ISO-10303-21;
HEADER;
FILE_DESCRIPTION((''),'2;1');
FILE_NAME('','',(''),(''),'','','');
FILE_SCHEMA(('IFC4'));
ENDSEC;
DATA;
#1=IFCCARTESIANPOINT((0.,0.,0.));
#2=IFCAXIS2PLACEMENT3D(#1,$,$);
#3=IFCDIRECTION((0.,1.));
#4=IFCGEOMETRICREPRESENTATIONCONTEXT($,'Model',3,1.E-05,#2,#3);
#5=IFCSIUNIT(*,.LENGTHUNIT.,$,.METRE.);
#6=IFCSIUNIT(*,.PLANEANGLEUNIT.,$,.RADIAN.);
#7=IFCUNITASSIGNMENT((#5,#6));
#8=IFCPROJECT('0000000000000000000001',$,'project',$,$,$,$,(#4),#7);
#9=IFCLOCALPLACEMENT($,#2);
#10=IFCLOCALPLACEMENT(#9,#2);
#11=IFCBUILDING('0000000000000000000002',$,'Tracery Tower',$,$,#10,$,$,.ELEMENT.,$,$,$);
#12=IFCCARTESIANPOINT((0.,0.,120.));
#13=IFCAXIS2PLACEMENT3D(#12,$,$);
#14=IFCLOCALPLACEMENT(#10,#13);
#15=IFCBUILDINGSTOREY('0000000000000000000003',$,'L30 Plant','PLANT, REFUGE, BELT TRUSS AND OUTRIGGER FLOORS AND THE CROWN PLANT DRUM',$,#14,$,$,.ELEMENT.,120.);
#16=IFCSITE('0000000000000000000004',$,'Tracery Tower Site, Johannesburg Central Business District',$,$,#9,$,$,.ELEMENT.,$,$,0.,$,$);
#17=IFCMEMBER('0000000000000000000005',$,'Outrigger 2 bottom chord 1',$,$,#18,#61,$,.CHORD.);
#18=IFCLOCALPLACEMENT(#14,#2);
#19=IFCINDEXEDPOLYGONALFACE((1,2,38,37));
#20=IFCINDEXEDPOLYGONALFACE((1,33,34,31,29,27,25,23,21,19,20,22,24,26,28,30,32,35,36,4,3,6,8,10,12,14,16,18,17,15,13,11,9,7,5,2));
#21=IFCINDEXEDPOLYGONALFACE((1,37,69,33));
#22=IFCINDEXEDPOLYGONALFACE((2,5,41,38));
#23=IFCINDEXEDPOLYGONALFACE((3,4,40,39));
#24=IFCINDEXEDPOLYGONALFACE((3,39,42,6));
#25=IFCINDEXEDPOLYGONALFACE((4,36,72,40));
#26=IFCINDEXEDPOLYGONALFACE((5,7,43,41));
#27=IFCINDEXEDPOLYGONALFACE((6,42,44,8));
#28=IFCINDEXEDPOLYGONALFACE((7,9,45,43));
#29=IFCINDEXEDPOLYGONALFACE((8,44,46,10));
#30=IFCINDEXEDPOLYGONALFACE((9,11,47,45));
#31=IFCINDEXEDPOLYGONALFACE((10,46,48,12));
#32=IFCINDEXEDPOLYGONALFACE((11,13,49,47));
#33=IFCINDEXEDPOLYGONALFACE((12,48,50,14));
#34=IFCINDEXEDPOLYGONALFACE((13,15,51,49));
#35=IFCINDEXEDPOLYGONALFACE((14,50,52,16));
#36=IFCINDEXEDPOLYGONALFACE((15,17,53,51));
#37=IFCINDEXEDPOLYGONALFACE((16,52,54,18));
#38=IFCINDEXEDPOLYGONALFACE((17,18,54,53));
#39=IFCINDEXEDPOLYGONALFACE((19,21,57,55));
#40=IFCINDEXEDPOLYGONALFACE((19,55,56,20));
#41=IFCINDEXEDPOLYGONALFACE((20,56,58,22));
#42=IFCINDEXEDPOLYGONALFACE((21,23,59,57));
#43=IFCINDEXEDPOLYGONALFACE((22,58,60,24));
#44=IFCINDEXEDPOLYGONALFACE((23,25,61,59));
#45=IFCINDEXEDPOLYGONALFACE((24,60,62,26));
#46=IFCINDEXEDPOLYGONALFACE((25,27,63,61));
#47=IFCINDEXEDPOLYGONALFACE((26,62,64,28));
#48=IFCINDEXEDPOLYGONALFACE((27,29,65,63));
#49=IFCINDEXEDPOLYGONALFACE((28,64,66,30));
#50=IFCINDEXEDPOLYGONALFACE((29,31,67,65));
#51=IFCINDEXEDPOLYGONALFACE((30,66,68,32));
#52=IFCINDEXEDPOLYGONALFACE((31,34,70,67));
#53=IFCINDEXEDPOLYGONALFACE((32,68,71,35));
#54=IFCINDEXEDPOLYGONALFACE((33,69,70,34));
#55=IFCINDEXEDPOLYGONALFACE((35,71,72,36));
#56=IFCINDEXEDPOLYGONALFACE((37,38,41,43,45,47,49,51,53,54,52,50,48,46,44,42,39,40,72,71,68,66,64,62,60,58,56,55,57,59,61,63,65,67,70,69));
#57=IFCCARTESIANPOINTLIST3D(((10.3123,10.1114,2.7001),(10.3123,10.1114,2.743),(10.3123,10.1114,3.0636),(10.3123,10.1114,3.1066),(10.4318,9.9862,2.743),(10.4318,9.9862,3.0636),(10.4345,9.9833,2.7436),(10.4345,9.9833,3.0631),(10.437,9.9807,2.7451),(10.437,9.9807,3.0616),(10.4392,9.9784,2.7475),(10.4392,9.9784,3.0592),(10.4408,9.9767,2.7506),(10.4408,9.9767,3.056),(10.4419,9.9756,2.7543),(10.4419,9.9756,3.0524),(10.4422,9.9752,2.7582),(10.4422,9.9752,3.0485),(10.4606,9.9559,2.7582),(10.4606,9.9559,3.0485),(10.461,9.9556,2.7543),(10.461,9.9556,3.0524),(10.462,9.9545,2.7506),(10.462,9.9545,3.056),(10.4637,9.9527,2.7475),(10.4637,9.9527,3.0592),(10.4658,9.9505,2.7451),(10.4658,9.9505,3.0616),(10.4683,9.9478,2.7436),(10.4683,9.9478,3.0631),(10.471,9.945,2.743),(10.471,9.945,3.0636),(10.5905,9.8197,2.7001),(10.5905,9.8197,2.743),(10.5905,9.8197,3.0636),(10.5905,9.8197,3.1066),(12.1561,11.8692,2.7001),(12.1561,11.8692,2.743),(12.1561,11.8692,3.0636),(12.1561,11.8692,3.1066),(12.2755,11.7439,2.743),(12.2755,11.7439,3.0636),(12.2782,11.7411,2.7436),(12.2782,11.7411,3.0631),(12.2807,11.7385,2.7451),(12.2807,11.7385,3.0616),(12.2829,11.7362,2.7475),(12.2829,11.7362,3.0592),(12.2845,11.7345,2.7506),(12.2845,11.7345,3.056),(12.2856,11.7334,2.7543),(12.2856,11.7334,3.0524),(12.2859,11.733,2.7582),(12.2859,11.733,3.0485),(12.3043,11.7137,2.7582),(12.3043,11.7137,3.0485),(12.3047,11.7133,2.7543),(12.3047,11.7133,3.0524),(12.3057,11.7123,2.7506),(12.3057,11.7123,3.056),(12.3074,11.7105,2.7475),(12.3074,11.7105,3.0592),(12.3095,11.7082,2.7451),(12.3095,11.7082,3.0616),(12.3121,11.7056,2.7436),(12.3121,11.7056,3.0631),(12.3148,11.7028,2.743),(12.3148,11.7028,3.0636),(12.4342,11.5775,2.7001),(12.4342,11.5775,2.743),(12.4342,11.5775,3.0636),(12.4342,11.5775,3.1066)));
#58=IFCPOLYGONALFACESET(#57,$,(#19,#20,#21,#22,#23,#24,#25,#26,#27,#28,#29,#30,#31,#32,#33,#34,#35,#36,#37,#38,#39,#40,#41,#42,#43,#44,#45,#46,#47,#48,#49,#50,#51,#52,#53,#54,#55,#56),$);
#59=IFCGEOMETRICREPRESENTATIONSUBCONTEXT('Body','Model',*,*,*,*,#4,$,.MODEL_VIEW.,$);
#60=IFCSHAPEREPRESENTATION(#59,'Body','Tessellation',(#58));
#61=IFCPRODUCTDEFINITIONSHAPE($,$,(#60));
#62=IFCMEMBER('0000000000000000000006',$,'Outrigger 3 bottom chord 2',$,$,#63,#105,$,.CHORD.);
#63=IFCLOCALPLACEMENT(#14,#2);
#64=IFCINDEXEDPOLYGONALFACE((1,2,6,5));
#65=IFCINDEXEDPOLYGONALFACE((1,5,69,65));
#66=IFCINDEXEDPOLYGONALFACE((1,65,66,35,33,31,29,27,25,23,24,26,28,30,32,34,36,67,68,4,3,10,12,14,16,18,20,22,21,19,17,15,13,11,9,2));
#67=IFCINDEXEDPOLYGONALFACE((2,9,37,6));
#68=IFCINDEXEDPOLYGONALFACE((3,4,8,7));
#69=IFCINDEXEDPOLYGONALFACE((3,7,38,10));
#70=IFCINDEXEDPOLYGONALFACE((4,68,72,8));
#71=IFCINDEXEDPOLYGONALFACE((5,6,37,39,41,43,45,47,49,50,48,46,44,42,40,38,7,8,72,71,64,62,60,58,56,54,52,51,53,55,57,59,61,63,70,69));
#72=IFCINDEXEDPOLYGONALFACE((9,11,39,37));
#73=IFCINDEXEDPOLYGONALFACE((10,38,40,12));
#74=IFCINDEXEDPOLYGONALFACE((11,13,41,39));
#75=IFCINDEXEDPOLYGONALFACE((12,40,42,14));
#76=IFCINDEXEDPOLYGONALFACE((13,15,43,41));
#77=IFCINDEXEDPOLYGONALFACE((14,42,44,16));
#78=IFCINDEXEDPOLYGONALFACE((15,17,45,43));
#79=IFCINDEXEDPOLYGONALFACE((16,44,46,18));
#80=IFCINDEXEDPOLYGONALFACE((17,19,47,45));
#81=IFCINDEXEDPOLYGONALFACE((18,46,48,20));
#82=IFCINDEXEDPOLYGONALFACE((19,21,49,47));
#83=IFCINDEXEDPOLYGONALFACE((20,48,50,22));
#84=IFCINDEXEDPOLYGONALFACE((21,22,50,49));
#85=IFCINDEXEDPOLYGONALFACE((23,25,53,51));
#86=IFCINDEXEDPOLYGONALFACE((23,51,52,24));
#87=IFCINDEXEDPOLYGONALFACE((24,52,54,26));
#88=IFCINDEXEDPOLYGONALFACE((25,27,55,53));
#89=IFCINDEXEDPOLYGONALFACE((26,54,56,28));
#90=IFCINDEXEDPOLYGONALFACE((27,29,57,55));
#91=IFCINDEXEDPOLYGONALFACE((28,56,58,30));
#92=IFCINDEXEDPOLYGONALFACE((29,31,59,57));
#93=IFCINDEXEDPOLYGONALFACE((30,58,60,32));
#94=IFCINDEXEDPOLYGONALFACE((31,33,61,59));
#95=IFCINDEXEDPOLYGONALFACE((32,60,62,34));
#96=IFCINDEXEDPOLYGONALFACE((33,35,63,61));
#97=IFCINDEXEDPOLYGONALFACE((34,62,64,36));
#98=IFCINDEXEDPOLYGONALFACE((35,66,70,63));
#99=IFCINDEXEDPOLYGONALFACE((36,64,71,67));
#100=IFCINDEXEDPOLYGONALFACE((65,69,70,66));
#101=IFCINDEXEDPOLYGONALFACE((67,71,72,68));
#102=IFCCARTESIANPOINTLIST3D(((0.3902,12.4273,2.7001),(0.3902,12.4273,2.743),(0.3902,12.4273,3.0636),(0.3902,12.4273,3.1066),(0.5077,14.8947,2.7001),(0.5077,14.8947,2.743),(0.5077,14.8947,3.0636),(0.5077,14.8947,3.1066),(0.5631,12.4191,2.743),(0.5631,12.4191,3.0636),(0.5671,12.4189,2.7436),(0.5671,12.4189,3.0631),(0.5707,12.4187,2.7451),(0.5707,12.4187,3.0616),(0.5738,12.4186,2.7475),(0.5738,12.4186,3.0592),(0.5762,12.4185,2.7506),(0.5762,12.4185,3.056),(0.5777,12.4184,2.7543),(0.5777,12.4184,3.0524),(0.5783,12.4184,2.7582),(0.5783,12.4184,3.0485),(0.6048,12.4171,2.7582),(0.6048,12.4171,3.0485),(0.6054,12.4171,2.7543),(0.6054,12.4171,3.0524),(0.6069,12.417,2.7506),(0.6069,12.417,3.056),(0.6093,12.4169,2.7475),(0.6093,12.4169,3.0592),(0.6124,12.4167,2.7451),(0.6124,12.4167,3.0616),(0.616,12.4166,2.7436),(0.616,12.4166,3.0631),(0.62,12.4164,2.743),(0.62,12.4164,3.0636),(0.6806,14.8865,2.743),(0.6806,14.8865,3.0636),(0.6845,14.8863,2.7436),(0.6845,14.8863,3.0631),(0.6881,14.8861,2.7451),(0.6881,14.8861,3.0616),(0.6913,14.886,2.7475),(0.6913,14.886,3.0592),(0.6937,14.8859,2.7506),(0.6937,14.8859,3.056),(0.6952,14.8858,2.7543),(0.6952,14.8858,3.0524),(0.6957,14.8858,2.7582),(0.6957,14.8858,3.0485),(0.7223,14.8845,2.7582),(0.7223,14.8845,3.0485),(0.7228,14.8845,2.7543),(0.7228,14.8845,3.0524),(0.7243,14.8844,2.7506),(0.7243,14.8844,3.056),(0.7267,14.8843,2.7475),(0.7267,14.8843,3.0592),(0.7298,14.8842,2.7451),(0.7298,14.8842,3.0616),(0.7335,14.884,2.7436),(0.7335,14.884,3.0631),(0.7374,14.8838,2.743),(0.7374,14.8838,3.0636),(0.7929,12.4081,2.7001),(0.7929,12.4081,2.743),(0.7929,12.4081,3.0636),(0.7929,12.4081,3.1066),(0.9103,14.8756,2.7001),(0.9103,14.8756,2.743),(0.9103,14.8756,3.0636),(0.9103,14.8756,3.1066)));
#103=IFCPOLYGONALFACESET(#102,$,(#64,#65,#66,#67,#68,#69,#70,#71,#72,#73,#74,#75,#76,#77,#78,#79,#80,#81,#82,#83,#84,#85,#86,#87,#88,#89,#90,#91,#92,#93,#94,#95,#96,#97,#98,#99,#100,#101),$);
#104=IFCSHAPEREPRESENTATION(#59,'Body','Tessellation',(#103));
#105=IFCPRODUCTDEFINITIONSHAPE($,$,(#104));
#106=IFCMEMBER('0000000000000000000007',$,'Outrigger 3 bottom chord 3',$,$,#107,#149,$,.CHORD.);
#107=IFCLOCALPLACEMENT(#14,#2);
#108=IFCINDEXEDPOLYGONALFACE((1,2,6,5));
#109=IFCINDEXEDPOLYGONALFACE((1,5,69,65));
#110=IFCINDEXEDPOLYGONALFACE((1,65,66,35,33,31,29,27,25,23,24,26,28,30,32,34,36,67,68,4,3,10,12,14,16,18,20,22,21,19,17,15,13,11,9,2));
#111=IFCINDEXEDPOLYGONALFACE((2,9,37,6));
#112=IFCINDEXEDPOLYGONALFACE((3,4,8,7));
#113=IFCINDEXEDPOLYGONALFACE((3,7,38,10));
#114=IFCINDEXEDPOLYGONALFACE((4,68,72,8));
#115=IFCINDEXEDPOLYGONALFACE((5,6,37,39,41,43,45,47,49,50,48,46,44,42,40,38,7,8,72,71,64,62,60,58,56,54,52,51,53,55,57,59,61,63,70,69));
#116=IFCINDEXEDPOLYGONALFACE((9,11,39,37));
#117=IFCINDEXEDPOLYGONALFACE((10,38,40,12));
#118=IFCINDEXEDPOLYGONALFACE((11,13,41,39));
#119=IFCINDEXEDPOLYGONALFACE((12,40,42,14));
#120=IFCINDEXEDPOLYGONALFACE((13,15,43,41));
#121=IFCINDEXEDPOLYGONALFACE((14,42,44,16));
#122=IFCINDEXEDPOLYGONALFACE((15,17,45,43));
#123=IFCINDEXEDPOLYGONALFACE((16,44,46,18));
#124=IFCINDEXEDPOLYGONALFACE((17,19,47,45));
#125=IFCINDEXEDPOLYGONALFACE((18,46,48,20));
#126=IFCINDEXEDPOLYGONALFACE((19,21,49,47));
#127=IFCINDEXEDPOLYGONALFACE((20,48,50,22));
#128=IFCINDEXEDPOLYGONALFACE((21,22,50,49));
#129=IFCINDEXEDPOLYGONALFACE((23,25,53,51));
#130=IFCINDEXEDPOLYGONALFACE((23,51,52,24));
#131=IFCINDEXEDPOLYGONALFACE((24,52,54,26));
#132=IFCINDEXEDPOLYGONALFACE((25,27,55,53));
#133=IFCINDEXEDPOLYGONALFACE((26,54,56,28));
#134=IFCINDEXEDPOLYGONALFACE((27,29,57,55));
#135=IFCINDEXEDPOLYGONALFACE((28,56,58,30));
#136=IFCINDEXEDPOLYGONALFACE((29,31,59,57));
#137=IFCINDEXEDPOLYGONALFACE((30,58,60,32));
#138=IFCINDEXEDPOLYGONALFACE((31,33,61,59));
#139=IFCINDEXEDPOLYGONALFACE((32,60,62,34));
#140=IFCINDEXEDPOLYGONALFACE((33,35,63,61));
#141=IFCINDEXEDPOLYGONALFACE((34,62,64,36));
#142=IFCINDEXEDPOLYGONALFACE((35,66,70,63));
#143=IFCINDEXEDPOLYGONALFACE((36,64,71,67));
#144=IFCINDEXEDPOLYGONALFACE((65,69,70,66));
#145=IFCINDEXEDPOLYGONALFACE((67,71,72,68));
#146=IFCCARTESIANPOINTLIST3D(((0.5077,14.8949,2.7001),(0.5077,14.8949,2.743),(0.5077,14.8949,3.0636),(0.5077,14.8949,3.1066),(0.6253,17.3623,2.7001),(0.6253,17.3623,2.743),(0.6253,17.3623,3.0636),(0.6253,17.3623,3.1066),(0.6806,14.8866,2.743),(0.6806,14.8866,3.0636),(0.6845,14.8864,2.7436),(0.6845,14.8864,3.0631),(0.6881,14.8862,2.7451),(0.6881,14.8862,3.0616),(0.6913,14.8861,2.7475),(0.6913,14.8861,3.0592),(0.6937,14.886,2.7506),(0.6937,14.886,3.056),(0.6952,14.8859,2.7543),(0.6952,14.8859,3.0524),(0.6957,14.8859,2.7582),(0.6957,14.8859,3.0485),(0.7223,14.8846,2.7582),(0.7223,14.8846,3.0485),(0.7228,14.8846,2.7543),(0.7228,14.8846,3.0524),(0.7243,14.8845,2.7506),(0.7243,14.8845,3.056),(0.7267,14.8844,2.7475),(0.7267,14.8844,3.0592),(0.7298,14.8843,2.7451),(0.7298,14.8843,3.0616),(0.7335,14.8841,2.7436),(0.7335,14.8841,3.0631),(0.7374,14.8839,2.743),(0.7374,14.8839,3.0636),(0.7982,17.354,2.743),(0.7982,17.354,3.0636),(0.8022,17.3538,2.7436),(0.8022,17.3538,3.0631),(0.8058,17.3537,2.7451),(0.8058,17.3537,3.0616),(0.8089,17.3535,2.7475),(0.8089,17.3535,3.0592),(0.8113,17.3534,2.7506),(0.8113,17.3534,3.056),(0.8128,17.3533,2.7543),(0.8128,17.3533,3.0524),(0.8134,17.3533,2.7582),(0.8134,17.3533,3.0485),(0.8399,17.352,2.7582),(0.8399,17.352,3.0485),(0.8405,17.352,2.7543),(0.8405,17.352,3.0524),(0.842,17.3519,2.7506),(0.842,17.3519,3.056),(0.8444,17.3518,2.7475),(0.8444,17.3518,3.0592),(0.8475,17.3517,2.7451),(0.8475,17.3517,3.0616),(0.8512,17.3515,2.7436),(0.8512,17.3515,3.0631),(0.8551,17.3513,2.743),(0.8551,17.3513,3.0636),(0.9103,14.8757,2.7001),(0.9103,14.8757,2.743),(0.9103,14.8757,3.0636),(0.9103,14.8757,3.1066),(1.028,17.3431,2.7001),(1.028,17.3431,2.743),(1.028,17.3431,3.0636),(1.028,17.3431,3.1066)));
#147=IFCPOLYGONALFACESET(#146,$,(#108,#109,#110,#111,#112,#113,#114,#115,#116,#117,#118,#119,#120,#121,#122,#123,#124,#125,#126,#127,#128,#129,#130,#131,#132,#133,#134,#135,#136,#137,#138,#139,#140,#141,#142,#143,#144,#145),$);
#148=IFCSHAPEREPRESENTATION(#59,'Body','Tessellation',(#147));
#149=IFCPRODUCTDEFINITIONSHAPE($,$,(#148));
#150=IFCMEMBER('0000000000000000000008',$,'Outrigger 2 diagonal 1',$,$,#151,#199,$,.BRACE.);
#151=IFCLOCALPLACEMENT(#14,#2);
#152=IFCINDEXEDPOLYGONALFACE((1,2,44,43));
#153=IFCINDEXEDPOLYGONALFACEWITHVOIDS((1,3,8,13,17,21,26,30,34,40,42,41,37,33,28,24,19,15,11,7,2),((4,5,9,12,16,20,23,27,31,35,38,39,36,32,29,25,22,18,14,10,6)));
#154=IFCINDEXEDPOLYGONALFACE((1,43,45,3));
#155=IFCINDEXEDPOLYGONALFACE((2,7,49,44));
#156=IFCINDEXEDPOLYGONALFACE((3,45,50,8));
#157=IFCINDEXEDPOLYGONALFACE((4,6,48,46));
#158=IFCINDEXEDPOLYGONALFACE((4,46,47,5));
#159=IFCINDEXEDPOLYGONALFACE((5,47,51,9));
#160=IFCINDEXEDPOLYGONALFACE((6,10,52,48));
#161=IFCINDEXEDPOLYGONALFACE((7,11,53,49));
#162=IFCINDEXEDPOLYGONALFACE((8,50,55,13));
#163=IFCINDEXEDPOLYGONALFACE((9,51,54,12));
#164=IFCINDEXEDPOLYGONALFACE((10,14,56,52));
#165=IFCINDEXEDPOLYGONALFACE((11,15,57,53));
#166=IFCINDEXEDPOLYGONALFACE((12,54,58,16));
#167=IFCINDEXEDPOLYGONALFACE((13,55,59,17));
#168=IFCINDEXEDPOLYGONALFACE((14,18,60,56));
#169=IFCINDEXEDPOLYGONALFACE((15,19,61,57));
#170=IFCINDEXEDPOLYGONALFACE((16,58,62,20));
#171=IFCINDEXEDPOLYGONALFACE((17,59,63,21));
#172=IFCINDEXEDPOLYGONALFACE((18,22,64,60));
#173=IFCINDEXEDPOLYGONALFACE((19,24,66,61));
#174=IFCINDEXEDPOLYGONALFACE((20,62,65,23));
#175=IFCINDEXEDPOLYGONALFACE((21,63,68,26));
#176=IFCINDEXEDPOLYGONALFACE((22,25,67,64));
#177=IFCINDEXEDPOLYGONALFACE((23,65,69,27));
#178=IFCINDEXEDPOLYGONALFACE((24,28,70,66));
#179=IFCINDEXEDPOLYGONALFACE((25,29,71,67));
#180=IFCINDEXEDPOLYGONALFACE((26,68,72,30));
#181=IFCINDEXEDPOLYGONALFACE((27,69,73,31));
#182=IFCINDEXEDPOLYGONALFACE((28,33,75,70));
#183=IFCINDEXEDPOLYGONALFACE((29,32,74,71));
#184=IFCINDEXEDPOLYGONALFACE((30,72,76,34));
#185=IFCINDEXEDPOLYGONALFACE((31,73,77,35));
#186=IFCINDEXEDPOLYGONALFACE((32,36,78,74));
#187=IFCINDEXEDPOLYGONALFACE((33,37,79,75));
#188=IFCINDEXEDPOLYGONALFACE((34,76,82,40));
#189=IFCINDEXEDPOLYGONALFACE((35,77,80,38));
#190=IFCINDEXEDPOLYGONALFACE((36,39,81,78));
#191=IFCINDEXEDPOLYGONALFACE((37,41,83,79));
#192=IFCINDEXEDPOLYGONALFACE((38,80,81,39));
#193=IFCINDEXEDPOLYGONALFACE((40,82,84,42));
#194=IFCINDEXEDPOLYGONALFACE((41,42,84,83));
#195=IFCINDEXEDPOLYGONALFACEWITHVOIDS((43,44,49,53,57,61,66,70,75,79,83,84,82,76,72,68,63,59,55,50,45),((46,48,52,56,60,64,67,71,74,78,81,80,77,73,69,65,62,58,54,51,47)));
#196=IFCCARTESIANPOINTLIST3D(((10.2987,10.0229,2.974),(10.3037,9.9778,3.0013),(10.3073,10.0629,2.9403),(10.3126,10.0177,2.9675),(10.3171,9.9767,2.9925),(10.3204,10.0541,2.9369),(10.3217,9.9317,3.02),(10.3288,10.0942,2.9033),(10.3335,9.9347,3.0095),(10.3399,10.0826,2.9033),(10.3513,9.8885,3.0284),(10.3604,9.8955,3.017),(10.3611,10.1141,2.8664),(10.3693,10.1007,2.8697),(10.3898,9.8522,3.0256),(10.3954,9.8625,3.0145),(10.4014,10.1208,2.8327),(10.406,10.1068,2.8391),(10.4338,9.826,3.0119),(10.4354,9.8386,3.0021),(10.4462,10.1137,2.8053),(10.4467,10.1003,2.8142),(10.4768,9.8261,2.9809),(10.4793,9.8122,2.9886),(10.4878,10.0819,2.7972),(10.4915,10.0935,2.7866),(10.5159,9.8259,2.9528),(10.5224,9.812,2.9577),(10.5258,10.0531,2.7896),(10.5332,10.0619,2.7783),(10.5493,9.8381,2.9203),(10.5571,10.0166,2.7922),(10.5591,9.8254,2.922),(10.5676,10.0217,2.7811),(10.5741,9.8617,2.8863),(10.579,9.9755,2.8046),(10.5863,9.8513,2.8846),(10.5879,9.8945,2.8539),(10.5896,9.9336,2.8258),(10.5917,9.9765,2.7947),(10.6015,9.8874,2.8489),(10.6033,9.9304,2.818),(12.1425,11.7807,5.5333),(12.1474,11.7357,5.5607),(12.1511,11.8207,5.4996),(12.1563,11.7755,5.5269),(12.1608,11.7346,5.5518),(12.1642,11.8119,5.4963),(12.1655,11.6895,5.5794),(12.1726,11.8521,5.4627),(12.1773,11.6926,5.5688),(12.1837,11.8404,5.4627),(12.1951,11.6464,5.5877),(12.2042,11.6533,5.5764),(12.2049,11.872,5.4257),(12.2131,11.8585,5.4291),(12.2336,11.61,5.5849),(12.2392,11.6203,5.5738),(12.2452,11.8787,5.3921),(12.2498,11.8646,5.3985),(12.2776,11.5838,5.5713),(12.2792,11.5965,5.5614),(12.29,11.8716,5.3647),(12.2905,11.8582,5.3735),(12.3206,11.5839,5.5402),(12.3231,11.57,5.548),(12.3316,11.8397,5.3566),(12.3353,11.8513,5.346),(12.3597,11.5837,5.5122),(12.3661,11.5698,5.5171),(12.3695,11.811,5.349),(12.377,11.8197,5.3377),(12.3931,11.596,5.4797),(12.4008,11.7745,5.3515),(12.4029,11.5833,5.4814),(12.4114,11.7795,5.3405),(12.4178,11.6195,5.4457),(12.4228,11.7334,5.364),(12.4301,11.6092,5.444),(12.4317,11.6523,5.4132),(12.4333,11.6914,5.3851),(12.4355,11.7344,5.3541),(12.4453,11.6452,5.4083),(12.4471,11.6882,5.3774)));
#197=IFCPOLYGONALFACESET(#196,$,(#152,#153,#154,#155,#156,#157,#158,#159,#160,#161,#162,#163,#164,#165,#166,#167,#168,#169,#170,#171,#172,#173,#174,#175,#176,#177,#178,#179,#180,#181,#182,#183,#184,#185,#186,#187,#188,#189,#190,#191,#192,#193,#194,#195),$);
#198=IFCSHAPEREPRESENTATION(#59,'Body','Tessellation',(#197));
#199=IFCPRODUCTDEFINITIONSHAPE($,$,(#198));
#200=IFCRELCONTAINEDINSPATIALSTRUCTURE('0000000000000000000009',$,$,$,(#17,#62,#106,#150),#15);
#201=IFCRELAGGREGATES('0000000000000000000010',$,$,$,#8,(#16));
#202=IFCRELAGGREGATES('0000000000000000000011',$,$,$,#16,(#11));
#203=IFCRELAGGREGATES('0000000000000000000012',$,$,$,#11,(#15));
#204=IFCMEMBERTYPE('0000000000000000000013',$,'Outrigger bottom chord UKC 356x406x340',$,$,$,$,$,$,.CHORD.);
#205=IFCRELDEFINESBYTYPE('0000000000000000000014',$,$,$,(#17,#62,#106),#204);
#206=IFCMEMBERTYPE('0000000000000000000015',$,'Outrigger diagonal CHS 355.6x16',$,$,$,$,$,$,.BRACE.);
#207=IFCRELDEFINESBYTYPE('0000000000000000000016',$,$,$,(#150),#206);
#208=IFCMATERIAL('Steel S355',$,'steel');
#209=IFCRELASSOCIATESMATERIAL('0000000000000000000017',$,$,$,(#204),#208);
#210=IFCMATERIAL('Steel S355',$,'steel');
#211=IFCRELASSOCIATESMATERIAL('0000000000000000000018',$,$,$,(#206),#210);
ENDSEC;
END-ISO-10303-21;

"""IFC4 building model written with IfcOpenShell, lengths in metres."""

from ifc_helpers import new_model, si_unit, direction, frame, origin, origin_2d, place, context, subcontext, project, spatial, hollow_circle, i_section, extrude, material, material_profile, profile_set, type_object, element, save


model = new_model("IFC4")

# Units and contexts
model_context = context("Model", 3, precision=1e-05, world=origin(), true_north=direction((0.0, 1.0)))
body_context = subcontext(model_context, "Body", "Model", "MODEL_VIEW")
ifc_project = project(units=[si_unit("LENGTHUNIT", "METRE"), si_unit("PLANEANGLEUNIT", "RADIAN")], contexts=[model_context])

# Site, building, storey
site_placement = place(None, origin())
site = spatial("IfcSite", under=ifc_project, at=site_placement, Name="Tracery Tower Site, Johannesburg Central Business District", CompositionType="ELEMENT", RefElevation=0.0)
building_placement = place(site_placement, origin())
building = spatial("IfcBuilding", under=site, at=building_placement, Name="Tracery Tower", CompositionType="ELEMENT")
storey_placement = place(building_placement, frame((0.0, 0.0, 120.0)))
storey = spatial("IfcBuildingStorey", under=building, at=storey_placement, Name="L30 Plant", Description="PLANT, REFUGE, BELT TRUSS AND OUTRIGGER FLOORS AND THE CROWN PLANT DRUM", CompositionType="ELEMENT", Elevation=120.0)

# Members
ifc_material_1 = material(Name="Steel S355", Category="steel")
ifc_material_profile_1 = material_profile(ifc_material_1, i_section(OverallWidth=0.4031, OverallDepth=0.4065, WebThickness=0.0266, FlangeThickness=0.043, FilletRadius=0.0151, at=origin_2d()), Name="UKC 356x406x340")
ifc_profile_set_1 = profile_set([ifc_material_profile_1], Name="Steel S355")
member_type_1 = type_object("IfcMemberType", Name="Outrigger bottom chord UKC 356x406x340", PredefinedType="CHORD", material=ifc_profile_set_1)
member_1_placement = place(storey_placement, frame((10.4514, 9.9656, 2.9033), z_axis=(0.723773, 0.690038, 0.0), x_axis=(-0.690038, 0.723773, 0.0)))
element("IfcMember", 1, at=member_1_placement, inside=storey, type_object=member_type_1, Name="Outrigger 2 bottom chord 1", PredefinedType="CHORD", context=body_context, shape_type="SweptSolid", body=[
    extrude(i_section(OverallWidth=0.4031, OverallDepth=0.4065, WebThickness=0.0266, FlangeThickness=0.043, FilletRadius=0.0151, at=origin_2d()), origin(), (0.0, 0.0, 1.0), 2.5474),
])
for number, where, z_axis, x_axis, name in (
    (2, (0.5916, 12.4177, 2.9033), (0.047537, 0.998869, 0.0), (-0.998869, 0.047537, 0.0), "Outrigger 3 bottom chord 2"),
    (3, (0.709, 14.8853, 2.9033), (0.047636, 0.998865, 0.0), (-0.998865, 0.047636, 0.0), "Outrigger 3 bottom chord 3"),
):
    element("IfcMember", number, at=place(storey_placement, frame(where, z_axis=z_axis, x_axis=x_axis)), inside=storey, type_object=member_type_1, Name=name, PredefinedType="CHORD", context=body_context, shape_type="SweptSolid", body=[
        extrude(i_section(OverallWidth=0.4031, OverallDepth=0.4065, WebThickness=0.0266, FlangeThickness=0.043, FilletRadius=0.0151, at=origin_2d()), origin(), (0.0, 0.0, 1.0), 2.4702),
    ])
ifc_material_2 = material(Name="Steel S355", Category="steel")
ifc_material_profile_2 = material_profile(ifc_material_2, hollow_circle(Radius=0.1777, WallThickness=0.0161, at=origin_2d()), Name="CHS 355.6x16")
ifc_profile_set_2 = profile_set([ifc_material_profile_2], Name="Steel S355")
member_type_2 = type_object("IfcMemberType", Name="Outrigger diagonal CHS 355.6x16", PredefinedType="BRACE", material=ifc_profile_set_2)
member_2_placement = place(storey_placement, frame((10.4514, 9.9656, 2.9033), z_axis=(0.51059, 0.486791, 0.708754), x_axis=(-0.690038, 0.723773, 0.0)))
element("IfcMember", 4, at=member_2_placement, inside=storey, type_object=member_type_2, Name="Outrigger 2 diagonal 1", PredefinedType="BRACE", context=body_context, shape_type="SweptSolid", body=[
    extrude(hollow_circle(Radius=0.1777, WallThickness=0.0161, at=origin_2d()), origin(), (0.0, 0.0, 1.0), 3.6111),
])

save(model, "model.ifc")
